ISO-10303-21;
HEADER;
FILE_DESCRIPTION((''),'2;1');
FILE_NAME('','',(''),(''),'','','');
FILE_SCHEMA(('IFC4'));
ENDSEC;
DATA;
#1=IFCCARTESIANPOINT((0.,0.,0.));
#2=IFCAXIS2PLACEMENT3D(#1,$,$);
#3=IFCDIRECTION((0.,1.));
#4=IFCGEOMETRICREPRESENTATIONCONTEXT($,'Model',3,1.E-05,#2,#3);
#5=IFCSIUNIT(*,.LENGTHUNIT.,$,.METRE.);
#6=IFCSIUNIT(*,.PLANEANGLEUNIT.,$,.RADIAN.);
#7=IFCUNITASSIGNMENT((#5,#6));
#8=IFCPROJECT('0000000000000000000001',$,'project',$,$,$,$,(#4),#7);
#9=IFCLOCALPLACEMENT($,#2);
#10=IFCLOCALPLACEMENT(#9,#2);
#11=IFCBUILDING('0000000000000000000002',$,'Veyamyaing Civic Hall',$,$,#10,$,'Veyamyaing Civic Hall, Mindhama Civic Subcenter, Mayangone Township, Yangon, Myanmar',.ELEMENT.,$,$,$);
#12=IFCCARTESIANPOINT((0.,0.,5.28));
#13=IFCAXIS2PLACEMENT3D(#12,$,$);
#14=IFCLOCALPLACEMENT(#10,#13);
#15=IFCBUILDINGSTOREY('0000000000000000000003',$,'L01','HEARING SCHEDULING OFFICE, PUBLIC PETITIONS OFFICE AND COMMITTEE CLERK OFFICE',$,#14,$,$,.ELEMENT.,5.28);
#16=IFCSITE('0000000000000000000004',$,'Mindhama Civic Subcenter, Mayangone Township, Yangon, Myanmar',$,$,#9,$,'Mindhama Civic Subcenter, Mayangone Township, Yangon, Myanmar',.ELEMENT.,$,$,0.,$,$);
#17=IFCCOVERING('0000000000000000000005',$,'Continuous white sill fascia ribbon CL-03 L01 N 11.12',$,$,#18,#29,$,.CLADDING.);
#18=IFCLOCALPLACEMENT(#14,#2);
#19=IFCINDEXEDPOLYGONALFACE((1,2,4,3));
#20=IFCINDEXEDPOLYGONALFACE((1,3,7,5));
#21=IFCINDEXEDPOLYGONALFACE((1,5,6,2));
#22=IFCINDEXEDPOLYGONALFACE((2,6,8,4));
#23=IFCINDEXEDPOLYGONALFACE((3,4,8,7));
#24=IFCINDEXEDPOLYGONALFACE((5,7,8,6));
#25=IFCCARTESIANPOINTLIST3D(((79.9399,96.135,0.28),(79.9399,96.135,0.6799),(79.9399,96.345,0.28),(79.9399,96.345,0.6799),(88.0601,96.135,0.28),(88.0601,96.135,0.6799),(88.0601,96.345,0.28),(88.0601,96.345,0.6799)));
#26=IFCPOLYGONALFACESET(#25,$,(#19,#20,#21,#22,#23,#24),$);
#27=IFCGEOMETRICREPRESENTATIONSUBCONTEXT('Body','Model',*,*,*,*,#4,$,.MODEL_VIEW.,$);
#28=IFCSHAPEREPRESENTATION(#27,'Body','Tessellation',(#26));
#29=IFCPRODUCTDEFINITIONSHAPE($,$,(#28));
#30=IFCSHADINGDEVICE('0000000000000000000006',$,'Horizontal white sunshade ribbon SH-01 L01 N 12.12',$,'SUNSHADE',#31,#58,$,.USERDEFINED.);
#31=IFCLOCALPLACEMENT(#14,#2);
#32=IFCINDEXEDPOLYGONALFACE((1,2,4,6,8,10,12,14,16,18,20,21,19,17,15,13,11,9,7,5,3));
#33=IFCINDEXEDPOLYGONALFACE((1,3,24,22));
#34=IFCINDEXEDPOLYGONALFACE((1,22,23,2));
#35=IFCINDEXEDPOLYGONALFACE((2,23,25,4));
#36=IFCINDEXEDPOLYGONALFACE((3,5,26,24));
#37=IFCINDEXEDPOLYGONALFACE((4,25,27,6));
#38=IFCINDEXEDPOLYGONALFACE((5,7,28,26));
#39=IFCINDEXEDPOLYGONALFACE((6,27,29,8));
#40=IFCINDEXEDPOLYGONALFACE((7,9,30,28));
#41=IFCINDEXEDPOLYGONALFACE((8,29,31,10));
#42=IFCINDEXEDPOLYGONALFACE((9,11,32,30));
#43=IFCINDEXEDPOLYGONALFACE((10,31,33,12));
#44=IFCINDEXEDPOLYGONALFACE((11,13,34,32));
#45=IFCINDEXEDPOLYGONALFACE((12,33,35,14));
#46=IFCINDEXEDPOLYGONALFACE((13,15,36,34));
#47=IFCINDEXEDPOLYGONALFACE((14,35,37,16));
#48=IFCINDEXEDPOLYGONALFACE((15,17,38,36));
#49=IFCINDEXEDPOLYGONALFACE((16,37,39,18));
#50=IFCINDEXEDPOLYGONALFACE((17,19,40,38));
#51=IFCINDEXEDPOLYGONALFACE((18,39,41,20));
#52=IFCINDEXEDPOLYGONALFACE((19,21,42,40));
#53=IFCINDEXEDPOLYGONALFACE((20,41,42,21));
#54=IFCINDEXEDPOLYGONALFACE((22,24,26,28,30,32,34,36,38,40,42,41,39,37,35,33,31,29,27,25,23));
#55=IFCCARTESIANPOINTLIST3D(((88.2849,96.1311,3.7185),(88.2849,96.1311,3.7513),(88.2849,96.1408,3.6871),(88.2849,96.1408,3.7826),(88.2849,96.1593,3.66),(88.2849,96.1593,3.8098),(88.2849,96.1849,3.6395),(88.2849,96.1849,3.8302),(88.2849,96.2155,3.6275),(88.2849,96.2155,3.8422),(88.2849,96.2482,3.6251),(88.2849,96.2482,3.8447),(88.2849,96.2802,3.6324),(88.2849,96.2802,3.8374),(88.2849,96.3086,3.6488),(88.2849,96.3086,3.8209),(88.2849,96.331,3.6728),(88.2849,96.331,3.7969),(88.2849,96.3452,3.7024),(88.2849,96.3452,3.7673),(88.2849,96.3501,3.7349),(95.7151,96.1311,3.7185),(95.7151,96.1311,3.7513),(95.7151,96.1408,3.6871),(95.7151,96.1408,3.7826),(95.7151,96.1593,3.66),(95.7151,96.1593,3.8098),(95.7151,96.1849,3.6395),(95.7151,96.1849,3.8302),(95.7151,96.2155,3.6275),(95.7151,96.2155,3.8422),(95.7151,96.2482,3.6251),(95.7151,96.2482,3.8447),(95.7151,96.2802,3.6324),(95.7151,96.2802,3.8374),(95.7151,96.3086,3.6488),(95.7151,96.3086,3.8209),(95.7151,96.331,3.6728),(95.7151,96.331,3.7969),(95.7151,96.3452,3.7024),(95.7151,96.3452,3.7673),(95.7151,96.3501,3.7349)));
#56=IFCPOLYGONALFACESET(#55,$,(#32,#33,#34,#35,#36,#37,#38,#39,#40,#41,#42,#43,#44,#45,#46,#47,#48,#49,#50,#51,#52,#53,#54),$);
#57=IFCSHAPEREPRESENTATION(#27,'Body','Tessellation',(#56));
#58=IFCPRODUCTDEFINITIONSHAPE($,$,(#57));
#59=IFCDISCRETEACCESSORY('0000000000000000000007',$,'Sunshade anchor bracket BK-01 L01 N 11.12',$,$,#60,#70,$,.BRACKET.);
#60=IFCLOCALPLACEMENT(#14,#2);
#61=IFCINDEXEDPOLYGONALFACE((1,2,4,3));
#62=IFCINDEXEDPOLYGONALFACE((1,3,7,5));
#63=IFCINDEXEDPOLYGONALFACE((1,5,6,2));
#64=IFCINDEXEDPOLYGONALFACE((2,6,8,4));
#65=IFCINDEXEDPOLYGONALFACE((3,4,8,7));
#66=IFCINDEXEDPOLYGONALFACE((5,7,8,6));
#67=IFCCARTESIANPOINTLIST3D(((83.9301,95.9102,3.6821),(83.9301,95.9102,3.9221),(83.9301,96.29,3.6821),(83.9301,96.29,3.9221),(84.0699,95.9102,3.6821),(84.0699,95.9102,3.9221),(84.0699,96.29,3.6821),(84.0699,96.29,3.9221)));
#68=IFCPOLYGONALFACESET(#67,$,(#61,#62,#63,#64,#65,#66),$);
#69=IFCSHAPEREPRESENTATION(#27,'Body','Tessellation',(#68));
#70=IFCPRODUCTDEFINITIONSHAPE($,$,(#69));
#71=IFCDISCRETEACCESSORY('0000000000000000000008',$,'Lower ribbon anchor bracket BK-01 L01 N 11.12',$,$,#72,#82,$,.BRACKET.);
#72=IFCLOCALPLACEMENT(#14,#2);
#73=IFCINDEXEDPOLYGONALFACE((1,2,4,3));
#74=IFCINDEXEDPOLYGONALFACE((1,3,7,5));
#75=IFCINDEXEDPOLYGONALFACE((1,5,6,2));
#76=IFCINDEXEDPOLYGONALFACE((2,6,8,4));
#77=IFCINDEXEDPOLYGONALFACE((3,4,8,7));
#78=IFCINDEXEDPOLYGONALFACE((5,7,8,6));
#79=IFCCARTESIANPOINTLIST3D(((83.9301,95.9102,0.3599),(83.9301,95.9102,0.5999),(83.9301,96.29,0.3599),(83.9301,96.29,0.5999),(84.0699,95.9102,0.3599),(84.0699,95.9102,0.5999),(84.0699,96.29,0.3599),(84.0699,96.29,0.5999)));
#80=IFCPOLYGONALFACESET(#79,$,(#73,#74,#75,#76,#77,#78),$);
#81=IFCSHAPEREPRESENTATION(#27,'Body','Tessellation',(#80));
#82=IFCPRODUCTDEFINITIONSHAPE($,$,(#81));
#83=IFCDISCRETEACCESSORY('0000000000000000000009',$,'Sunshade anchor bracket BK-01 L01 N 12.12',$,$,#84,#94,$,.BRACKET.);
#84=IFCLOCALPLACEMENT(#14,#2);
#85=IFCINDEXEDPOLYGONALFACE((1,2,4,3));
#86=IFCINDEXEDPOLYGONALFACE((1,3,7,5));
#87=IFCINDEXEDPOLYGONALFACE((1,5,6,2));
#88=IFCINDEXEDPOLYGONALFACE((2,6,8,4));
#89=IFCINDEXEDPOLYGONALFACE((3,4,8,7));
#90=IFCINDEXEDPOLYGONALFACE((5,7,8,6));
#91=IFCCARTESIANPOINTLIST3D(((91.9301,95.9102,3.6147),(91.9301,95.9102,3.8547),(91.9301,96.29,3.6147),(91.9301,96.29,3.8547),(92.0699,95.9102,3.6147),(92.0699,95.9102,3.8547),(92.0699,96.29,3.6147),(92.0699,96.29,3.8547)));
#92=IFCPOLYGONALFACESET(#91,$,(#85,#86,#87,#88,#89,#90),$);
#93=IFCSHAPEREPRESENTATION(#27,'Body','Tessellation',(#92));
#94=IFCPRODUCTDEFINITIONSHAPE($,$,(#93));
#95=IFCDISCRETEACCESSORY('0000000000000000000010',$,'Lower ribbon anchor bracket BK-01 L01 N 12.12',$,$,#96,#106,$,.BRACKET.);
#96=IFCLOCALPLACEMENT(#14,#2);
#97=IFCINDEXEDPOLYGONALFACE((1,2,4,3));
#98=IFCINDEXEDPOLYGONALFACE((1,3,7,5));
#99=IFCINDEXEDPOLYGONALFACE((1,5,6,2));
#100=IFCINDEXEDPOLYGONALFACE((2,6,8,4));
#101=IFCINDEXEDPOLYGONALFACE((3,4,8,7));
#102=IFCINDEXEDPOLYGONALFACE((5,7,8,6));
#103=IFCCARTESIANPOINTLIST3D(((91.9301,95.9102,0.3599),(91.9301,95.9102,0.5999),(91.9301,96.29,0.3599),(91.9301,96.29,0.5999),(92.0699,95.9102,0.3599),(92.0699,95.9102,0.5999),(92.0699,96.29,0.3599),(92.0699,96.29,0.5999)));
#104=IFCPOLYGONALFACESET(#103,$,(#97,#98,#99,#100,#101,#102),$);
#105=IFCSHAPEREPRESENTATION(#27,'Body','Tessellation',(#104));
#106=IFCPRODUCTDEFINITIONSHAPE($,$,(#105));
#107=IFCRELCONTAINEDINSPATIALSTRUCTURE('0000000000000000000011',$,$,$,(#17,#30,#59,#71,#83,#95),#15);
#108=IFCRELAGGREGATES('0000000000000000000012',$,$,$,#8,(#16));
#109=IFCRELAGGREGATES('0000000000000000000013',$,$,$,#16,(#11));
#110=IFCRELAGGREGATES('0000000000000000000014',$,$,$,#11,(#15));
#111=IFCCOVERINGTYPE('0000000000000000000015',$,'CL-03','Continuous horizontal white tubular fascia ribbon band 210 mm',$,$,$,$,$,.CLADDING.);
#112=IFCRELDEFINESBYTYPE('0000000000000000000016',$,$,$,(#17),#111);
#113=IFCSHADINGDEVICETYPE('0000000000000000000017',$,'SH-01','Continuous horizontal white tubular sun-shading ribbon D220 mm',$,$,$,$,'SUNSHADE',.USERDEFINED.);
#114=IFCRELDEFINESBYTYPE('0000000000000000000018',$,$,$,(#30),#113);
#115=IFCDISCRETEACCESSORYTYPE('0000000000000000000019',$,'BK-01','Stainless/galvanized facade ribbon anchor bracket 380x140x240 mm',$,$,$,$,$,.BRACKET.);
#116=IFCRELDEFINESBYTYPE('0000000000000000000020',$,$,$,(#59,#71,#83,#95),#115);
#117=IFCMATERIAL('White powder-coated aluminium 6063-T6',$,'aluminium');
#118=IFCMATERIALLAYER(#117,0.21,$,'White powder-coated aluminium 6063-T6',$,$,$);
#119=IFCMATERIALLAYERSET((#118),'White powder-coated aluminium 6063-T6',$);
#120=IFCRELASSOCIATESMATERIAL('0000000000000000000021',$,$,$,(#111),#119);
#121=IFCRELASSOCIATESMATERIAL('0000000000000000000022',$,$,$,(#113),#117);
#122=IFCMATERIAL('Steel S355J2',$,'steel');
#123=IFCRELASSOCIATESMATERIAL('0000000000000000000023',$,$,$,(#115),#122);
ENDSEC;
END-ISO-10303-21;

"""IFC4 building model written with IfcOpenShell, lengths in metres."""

from ifc_helpers import new_model, si_unit, direction, frame, origin, origin_2d, place, context, subcontext, project, spatial, rectangle, circle, extrude, material, layer, layer_set, material_profile, profile_set, type_object, element, save


model = new_model("IFC4")

# Units and contexts
model_context = context("Model", 3, precision=1e-05, world=origin(), true_north=direction((0.0, 1.0)))
body_context = subcontext(model_context, "Body", "Model", "MODEL_VIEW")
ifc_project = project(units=[si_unit("LENGTHUNIT", "METRE"), si_unit("PLANEANGLEUNIT", "RADIAN")], contexts=[model_context])

# Site, building, storey
site_placement = place(None, origin())
site = spatial("IfcSite", under=ifc_project, at=site_placement, Name="Mindhama Civic Subcenter, Mayangone Township, Yangon, Myanmar", LongName="Mindhama Civic Subcenter, Mayangone Township, Yangon, Myanmar", CompositionType="ELEMENT", RefElevation=0.0)
building_placement = place(site_placement, origin())
building = spatial("IfcBuilding", under=site, at=building_placement, Name="Veyamyaing Civic Hall", LongName="Veyamyaing Civic Hall, Mindhama Civic Subcenter, Mayangone Township, Yangon, Myanmar", CompositionType="ELEMENT")
storey_placement = place(building_placement, frame((0.0, 0.0, 5.28)))
storey = spatial("IfcBuildingStorey", under=building, at=storey_placement, Name="L01", Description="HEARING SCHEDULING OFFICE, PUBLIC PETITIONS OFFICE AND COMMITTEE CLERK OFFICE", CompositionType="ELEMENT", Elevation=5.28)

# Covering
ifc_material_1 = material(Name="White powder-coated aluminium 6063-T6", Category="aluminium")
ifc_layer_1 = layer(ifc_material_1, 0.21, Name="White powder-coated aluminium 6063-T6")
ifc_layer_set_1 = layer_set([ifc_layer_1], Name="White powder-coated aluminium 6063-T6")
covering_type_1 = type_object("IfcCoveringType", Name="CL-03", Description="Continuous horizontal white tubular fascia ribbon band 210 mm", PredefinedType="CLADDING", material=ifc_layer_set_1)
for number, where, z_axis, x_axis, name in (
    (1, (84.0, 96.24, 0.28), (0.0, 0.0, 1.0), (1.0, 0.0, 0.0), "Continuous white sill fascia ribbon CL-03 L01 N 11.12"),
):
    element("IfcCovering", number, at=place(storey_placement, frame(where, z_axis=z_axis, x_axis=x_axis)), inside=storey, type_object=covering_type_1, Name=name, PredefinedType="CLADDING", context=body_context, shape_type="SweptSolid", body=[
        extrude(rectangle(XDim=8.1201, YDim=0.21, at=origin_2d()), origin(), (0.0, 0.0, 1.0), 0.3999),
    ])

# Shading device
ifc_material_profile_1 = material_profile(ifc_material_1, circle(Radius=0.1101, at=origin_2d()), Name="SHADE-TUBE-220")
ifc_profile_set_1 = profile_set([ifc_material_profile_1], Name="White powder-coated aluminium 6063-T6")
shading_device_type = type_object("IfcShadingDeviceType", Name="SH-01", Description="Continuous horizontal white tubular sun-shading ribbon D220 mm", ElementType="SUNSHADE", PredefinedType="USERDEFINED", material=ifc_profile_set_1)
shading_device_placement = place(storey_placement, frame((88.2849, 96.24, 3.7349), z_axis=(1.0, 0.0, 0.0), x_axis=(0.0, 1.0, 0.0)))
element("IfcShadingDevice", 2, at=shading_device_placement, inside=storey, type_object=shading_device_type, Name="Horizontal white sunshade ribbon SH-01 L01 N 12.12", ObjectType="SUNSHADE", PredefinedType="USERDEFINED", context=body_context, shape_type="SweptSolid", body=[
    extrude(circle(Radius=0.1101, at=origin_2d()), origin(), (0.0, 0.0, 1.0), 7.4302),
])

# Discrete accessories
ifc_material_2 = material(Name="Steel S355J2", Category="steel")
discrete_accessory_type = type_object("IfcDiscreteAccessoryType", Name="BK-01", Description="Stainless/galvanized facade ribbon anchor bracket 380x140x240 mm", PredefinedType="BRACKET", material=ifc_material_2)
for number, where, z_axis, x_axis, name in (
    (3, (84.0, 96.1001, 3.6821), (0.0, 0.0, 1.0), (0.0, 1.0, 0.0), "Sunshade anchor bracket BK-01 L01 N 11.12"),
    (4, (84.0, 96.1001, 0.3599), (0.0, 0.0, 1.0), (0.0, 1.0, 0.0), "Lower ribbon anchor bracket BK-01 L01 N 11.12"),
    (5, (92.0, 96.1001, 3.6147), (0.0, 0.0, 1.0), (0.0, 1.0, 0.0), "Sunshade anchor bracket BK-01 L01 N 12.12"),
    (6, (92.0, 96.1001, 0.3599), (0.0, 0.0, 1.0), (0.0, 1.0, 0.0), "Lower ribbon anchor bracket BK-01 L01 N 12.12"),
):
    element("IfcDiscreteAccessory", number, at=place(storey_placement, frame(where, z_axis=z_axis, x_axis=x_axis)), inside=storey, type_object=discrete_accessory_type, Name=name, PredefinedType="BRACKET", context=body_context, shape_type="SweptSolid", body=[
        extrude(rectangle(XDim=0.3799, YDim=0.1399, at=origin_2d()), origin(), (0.0, 0.0, 1.0), 0.24),
    ])

save(model, "model.ifc")
